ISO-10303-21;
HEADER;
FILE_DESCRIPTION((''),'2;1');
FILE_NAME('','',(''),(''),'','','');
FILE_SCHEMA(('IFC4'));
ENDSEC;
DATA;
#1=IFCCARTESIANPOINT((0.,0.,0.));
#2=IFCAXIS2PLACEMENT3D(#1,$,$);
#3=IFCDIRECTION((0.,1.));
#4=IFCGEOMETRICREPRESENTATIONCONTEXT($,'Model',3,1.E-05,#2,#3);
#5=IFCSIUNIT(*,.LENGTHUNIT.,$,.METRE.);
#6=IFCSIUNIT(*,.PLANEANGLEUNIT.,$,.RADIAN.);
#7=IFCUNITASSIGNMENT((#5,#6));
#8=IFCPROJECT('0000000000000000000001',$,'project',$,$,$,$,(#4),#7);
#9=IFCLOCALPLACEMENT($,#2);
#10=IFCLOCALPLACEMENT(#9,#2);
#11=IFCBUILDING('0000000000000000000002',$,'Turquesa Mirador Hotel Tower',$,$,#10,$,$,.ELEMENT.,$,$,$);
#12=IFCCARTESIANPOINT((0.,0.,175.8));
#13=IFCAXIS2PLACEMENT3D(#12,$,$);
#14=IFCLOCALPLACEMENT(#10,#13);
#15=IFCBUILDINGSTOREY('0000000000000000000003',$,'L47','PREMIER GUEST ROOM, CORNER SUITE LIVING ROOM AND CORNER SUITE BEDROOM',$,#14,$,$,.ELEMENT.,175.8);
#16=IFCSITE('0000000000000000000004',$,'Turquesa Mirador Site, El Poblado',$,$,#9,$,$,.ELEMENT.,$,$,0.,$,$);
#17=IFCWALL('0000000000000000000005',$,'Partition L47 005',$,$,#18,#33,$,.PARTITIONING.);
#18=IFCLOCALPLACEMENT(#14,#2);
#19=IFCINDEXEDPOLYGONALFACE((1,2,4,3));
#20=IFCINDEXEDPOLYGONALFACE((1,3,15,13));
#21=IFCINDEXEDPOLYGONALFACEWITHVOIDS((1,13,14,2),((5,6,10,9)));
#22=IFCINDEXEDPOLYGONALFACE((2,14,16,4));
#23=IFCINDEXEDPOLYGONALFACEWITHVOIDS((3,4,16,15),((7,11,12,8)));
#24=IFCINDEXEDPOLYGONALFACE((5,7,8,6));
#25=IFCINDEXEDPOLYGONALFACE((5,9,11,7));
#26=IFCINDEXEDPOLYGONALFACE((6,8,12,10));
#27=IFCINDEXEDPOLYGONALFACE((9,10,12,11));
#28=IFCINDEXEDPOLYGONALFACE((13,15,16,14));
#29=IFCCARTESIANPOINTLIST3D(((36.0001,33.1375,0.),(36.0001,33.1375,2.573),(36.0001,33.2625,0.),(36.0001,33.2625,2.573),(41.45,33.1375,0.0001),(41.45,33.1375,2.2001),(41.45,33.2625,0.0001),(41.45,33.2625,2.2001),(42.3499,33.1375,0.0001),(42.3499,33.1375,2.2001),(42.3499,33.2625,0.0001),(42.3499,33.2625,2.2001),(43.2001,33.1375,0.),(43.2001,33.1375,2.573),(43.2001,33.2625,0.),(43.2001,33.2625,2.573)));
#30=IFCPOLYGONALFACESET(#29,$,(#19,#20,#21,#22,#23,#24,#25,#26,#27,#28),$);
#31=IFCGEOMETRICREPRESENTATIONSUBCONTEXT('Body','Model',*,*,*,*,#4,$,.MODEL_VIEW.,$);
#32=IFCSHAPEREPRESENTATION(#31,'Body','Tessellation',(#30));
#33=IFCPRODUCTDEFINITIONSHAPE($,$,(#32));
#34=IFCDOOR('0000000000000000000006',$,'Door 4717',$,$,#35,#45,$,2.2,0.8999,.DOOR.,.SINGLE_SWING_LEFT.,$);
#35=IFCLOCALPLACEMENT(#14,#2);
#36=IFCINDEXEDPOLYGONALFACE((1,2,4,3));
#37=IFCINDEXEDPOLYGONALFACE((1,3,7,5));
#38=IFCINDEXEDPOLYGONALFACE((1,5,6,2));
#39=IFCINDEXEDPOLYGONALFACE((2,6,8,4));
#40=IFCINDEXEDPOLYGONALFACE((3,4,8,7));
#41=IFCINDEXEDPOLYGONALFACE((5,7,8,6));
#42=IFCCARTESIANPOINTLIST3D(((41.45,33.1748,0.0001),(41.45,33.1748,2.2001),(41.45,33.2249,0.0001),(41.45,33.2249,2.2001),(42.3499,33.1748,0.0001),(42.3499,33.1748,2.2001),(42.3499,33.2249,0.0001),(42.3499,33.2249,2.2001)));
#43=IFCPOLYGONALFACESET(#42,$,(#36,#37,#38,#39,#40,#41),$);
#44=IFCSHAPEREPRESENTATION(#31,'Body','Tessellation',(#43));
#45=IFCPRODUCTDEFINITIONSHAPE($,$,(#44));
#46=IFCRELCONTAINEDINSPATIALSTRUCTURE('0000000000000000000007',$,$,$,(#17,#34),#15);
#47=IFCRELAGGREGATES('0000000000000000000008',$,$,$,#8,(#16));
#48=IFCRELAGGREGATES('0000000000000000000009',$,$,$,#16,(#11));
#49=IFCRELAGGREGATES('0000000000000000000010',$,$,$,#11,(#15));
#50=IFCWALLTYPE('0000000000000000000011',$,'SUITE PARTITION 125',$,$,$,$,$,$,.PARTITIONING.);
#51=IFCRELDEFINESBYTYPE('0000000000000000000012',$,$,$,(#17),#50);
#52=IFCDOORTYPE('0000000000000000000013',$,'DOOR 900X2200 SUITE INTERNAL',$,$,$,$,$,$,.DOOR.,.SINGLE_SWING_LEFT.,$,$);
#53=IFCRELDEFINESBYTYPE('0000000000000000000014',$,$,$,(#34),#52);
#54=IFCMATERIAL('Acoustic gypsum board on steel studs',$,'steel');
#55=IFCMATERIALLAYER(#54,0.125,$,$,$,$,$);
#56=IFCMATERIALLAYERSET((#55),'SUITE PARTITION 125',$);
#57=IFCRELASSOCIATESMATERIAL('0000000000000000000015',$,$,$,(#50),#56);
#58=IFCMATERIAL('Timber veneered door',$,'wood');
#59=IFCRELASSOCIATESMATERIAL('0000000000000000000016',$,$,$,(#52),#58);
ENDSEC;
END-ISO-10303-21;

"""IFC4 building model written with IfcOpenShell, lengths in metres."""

from ifc_helpers import new_model, si_unit, direction, frame, frame_2d, origin, place, context, subcontext, project, spatial, rectangle, extrude, material, layer, layer_set, type_object, element, fill, save


model = new_model("IFC4")

# Units and contexts
model_context = context("Model", 3, precision=1e-05, world=origin(), true_north=direction((0.0, 1.0)))
body_context = subcontext(model_context, "Body", "Model", "MODEL_VIEW")
ifc_project = project(units=[si_unit("LENGTHUNIT", "METRE"), si_unit("PLANEANGLEUNIT", "RADIAN")], contexts=[model_context])

# Site, building, storey
site_placement = place(None, origin())
site = spatial("IfcSite", under=ifc_project, at=site_placement, Name="Turquesa Mirador Site, El Poblado", CompositionType="ELEMENT", RefElevation=0.0)
building_placement = place(site_placement, origin())
building = spatial("IfcBuilding", under=site, at=building_placement, Name="Turquesa Mirador Hotel Tower", CompositionType="ELEMENT")
storey_placement = place(building_placement, frame((0.0, 0.0, 175.8)))
storey = spatial("IfcBuildingStorey", under=building, at=storey_placement, Name="L47", Description="PREMIER GUEST ROOM, CORNER SUITE LIVING ROOM AND CORNER SUITE BEDROOM", CompositionType="ELEMENT", Elevation=175.8)

# Wall, opening, door
ifc_material_1 = material(Name="Acoustic gypsum board on steel studs", Category="steel")
ifc_layer_1 = layer(ifc_material_1, 0.125)
ifc_layer_set_1 = layer_set([ifc_layer_1], Name="SUITE PARTITION 125")
wall_type_1 = type_object("IfcWallType", Name="SUITE PARTITION 125", PredefinedType="PARTITIONING", material=ifc_layer_set_1)
wall_1_placement = place(storey_placement, frame((36.0, 33.2, 0.0), z_axis=(0.0, 0.0, 1.0), x_axis=(1.0, 0.0, 0.0)))
wall_1 = element("IfcWall", 1, at=wall_1_placement, inside=storey, type_object=wall_type_1, Name="Partition L47 005", PredefinedType="PARTITIONING", context=body_context, shape_type="SweptSolid", body=[
    extrude(rectangle(XDim=7.2, YDim=0.125, at=frame_2d((3.6001, 0.0))), origin(), (0.0, 0.0, 1.0), 2.573),
])
opening_1_placement = place(wall_1_placement, frame((5.45, 0.0, 0.0)))
opening_1 = element("IfcOpeningElement", 2, at=opening_1_placement, cuts=wall_1, PredefinedType="OPENING", context=body_context, shape_type="SweptSolid", body=[
    extrude(rectangle(XDim=0.8999, YDim=2.2, at=frame_2d((0.45, 1.1001))), frame((0.0, 0.0725, 0.0), z_axis=(0.0, -1.0, 0.0), x_axis=(1.0, 0.0, 0.0)), (0.0, 0.0, 1.0), 0.145),
])
ifc_material_2 = material(Name="Timber veneered door", Category="wood")
door_type = type_object("IfcDoorType", Name="DOOR 900X2200 SUITE INTERNAL", OperationType="SINGLE_SWING_LEFT", PredefinedType="DOOR", material=ifc_material_2)
door_placement = place(opening_1_placement, origin())
door = element("IfcDoor", 3, at=door_placement, inside=storey, type_object=door_type, Name="Door 4717", OperationType="SINGLE_SWING_LEFT", OverallHeight=2.2, OverallWidth=0.8999, PredefinedType="DOOR", context=body_context, shape_type="SweptSolid", body=[
    extrude(rectangle(XDim=0.8999, YDim=2.2, at=frame_2d((0.45, 1.1001))), frame((0.0, 0.0249, 0.0), z_axis=(0.0, -1.0, 0.0), x_axis=(1.0, 0.0, 0.0)), (0.0, 0.0, 1.0), 0.05),
])
fill(opening_1, door)

save(model, "model.ifc")
